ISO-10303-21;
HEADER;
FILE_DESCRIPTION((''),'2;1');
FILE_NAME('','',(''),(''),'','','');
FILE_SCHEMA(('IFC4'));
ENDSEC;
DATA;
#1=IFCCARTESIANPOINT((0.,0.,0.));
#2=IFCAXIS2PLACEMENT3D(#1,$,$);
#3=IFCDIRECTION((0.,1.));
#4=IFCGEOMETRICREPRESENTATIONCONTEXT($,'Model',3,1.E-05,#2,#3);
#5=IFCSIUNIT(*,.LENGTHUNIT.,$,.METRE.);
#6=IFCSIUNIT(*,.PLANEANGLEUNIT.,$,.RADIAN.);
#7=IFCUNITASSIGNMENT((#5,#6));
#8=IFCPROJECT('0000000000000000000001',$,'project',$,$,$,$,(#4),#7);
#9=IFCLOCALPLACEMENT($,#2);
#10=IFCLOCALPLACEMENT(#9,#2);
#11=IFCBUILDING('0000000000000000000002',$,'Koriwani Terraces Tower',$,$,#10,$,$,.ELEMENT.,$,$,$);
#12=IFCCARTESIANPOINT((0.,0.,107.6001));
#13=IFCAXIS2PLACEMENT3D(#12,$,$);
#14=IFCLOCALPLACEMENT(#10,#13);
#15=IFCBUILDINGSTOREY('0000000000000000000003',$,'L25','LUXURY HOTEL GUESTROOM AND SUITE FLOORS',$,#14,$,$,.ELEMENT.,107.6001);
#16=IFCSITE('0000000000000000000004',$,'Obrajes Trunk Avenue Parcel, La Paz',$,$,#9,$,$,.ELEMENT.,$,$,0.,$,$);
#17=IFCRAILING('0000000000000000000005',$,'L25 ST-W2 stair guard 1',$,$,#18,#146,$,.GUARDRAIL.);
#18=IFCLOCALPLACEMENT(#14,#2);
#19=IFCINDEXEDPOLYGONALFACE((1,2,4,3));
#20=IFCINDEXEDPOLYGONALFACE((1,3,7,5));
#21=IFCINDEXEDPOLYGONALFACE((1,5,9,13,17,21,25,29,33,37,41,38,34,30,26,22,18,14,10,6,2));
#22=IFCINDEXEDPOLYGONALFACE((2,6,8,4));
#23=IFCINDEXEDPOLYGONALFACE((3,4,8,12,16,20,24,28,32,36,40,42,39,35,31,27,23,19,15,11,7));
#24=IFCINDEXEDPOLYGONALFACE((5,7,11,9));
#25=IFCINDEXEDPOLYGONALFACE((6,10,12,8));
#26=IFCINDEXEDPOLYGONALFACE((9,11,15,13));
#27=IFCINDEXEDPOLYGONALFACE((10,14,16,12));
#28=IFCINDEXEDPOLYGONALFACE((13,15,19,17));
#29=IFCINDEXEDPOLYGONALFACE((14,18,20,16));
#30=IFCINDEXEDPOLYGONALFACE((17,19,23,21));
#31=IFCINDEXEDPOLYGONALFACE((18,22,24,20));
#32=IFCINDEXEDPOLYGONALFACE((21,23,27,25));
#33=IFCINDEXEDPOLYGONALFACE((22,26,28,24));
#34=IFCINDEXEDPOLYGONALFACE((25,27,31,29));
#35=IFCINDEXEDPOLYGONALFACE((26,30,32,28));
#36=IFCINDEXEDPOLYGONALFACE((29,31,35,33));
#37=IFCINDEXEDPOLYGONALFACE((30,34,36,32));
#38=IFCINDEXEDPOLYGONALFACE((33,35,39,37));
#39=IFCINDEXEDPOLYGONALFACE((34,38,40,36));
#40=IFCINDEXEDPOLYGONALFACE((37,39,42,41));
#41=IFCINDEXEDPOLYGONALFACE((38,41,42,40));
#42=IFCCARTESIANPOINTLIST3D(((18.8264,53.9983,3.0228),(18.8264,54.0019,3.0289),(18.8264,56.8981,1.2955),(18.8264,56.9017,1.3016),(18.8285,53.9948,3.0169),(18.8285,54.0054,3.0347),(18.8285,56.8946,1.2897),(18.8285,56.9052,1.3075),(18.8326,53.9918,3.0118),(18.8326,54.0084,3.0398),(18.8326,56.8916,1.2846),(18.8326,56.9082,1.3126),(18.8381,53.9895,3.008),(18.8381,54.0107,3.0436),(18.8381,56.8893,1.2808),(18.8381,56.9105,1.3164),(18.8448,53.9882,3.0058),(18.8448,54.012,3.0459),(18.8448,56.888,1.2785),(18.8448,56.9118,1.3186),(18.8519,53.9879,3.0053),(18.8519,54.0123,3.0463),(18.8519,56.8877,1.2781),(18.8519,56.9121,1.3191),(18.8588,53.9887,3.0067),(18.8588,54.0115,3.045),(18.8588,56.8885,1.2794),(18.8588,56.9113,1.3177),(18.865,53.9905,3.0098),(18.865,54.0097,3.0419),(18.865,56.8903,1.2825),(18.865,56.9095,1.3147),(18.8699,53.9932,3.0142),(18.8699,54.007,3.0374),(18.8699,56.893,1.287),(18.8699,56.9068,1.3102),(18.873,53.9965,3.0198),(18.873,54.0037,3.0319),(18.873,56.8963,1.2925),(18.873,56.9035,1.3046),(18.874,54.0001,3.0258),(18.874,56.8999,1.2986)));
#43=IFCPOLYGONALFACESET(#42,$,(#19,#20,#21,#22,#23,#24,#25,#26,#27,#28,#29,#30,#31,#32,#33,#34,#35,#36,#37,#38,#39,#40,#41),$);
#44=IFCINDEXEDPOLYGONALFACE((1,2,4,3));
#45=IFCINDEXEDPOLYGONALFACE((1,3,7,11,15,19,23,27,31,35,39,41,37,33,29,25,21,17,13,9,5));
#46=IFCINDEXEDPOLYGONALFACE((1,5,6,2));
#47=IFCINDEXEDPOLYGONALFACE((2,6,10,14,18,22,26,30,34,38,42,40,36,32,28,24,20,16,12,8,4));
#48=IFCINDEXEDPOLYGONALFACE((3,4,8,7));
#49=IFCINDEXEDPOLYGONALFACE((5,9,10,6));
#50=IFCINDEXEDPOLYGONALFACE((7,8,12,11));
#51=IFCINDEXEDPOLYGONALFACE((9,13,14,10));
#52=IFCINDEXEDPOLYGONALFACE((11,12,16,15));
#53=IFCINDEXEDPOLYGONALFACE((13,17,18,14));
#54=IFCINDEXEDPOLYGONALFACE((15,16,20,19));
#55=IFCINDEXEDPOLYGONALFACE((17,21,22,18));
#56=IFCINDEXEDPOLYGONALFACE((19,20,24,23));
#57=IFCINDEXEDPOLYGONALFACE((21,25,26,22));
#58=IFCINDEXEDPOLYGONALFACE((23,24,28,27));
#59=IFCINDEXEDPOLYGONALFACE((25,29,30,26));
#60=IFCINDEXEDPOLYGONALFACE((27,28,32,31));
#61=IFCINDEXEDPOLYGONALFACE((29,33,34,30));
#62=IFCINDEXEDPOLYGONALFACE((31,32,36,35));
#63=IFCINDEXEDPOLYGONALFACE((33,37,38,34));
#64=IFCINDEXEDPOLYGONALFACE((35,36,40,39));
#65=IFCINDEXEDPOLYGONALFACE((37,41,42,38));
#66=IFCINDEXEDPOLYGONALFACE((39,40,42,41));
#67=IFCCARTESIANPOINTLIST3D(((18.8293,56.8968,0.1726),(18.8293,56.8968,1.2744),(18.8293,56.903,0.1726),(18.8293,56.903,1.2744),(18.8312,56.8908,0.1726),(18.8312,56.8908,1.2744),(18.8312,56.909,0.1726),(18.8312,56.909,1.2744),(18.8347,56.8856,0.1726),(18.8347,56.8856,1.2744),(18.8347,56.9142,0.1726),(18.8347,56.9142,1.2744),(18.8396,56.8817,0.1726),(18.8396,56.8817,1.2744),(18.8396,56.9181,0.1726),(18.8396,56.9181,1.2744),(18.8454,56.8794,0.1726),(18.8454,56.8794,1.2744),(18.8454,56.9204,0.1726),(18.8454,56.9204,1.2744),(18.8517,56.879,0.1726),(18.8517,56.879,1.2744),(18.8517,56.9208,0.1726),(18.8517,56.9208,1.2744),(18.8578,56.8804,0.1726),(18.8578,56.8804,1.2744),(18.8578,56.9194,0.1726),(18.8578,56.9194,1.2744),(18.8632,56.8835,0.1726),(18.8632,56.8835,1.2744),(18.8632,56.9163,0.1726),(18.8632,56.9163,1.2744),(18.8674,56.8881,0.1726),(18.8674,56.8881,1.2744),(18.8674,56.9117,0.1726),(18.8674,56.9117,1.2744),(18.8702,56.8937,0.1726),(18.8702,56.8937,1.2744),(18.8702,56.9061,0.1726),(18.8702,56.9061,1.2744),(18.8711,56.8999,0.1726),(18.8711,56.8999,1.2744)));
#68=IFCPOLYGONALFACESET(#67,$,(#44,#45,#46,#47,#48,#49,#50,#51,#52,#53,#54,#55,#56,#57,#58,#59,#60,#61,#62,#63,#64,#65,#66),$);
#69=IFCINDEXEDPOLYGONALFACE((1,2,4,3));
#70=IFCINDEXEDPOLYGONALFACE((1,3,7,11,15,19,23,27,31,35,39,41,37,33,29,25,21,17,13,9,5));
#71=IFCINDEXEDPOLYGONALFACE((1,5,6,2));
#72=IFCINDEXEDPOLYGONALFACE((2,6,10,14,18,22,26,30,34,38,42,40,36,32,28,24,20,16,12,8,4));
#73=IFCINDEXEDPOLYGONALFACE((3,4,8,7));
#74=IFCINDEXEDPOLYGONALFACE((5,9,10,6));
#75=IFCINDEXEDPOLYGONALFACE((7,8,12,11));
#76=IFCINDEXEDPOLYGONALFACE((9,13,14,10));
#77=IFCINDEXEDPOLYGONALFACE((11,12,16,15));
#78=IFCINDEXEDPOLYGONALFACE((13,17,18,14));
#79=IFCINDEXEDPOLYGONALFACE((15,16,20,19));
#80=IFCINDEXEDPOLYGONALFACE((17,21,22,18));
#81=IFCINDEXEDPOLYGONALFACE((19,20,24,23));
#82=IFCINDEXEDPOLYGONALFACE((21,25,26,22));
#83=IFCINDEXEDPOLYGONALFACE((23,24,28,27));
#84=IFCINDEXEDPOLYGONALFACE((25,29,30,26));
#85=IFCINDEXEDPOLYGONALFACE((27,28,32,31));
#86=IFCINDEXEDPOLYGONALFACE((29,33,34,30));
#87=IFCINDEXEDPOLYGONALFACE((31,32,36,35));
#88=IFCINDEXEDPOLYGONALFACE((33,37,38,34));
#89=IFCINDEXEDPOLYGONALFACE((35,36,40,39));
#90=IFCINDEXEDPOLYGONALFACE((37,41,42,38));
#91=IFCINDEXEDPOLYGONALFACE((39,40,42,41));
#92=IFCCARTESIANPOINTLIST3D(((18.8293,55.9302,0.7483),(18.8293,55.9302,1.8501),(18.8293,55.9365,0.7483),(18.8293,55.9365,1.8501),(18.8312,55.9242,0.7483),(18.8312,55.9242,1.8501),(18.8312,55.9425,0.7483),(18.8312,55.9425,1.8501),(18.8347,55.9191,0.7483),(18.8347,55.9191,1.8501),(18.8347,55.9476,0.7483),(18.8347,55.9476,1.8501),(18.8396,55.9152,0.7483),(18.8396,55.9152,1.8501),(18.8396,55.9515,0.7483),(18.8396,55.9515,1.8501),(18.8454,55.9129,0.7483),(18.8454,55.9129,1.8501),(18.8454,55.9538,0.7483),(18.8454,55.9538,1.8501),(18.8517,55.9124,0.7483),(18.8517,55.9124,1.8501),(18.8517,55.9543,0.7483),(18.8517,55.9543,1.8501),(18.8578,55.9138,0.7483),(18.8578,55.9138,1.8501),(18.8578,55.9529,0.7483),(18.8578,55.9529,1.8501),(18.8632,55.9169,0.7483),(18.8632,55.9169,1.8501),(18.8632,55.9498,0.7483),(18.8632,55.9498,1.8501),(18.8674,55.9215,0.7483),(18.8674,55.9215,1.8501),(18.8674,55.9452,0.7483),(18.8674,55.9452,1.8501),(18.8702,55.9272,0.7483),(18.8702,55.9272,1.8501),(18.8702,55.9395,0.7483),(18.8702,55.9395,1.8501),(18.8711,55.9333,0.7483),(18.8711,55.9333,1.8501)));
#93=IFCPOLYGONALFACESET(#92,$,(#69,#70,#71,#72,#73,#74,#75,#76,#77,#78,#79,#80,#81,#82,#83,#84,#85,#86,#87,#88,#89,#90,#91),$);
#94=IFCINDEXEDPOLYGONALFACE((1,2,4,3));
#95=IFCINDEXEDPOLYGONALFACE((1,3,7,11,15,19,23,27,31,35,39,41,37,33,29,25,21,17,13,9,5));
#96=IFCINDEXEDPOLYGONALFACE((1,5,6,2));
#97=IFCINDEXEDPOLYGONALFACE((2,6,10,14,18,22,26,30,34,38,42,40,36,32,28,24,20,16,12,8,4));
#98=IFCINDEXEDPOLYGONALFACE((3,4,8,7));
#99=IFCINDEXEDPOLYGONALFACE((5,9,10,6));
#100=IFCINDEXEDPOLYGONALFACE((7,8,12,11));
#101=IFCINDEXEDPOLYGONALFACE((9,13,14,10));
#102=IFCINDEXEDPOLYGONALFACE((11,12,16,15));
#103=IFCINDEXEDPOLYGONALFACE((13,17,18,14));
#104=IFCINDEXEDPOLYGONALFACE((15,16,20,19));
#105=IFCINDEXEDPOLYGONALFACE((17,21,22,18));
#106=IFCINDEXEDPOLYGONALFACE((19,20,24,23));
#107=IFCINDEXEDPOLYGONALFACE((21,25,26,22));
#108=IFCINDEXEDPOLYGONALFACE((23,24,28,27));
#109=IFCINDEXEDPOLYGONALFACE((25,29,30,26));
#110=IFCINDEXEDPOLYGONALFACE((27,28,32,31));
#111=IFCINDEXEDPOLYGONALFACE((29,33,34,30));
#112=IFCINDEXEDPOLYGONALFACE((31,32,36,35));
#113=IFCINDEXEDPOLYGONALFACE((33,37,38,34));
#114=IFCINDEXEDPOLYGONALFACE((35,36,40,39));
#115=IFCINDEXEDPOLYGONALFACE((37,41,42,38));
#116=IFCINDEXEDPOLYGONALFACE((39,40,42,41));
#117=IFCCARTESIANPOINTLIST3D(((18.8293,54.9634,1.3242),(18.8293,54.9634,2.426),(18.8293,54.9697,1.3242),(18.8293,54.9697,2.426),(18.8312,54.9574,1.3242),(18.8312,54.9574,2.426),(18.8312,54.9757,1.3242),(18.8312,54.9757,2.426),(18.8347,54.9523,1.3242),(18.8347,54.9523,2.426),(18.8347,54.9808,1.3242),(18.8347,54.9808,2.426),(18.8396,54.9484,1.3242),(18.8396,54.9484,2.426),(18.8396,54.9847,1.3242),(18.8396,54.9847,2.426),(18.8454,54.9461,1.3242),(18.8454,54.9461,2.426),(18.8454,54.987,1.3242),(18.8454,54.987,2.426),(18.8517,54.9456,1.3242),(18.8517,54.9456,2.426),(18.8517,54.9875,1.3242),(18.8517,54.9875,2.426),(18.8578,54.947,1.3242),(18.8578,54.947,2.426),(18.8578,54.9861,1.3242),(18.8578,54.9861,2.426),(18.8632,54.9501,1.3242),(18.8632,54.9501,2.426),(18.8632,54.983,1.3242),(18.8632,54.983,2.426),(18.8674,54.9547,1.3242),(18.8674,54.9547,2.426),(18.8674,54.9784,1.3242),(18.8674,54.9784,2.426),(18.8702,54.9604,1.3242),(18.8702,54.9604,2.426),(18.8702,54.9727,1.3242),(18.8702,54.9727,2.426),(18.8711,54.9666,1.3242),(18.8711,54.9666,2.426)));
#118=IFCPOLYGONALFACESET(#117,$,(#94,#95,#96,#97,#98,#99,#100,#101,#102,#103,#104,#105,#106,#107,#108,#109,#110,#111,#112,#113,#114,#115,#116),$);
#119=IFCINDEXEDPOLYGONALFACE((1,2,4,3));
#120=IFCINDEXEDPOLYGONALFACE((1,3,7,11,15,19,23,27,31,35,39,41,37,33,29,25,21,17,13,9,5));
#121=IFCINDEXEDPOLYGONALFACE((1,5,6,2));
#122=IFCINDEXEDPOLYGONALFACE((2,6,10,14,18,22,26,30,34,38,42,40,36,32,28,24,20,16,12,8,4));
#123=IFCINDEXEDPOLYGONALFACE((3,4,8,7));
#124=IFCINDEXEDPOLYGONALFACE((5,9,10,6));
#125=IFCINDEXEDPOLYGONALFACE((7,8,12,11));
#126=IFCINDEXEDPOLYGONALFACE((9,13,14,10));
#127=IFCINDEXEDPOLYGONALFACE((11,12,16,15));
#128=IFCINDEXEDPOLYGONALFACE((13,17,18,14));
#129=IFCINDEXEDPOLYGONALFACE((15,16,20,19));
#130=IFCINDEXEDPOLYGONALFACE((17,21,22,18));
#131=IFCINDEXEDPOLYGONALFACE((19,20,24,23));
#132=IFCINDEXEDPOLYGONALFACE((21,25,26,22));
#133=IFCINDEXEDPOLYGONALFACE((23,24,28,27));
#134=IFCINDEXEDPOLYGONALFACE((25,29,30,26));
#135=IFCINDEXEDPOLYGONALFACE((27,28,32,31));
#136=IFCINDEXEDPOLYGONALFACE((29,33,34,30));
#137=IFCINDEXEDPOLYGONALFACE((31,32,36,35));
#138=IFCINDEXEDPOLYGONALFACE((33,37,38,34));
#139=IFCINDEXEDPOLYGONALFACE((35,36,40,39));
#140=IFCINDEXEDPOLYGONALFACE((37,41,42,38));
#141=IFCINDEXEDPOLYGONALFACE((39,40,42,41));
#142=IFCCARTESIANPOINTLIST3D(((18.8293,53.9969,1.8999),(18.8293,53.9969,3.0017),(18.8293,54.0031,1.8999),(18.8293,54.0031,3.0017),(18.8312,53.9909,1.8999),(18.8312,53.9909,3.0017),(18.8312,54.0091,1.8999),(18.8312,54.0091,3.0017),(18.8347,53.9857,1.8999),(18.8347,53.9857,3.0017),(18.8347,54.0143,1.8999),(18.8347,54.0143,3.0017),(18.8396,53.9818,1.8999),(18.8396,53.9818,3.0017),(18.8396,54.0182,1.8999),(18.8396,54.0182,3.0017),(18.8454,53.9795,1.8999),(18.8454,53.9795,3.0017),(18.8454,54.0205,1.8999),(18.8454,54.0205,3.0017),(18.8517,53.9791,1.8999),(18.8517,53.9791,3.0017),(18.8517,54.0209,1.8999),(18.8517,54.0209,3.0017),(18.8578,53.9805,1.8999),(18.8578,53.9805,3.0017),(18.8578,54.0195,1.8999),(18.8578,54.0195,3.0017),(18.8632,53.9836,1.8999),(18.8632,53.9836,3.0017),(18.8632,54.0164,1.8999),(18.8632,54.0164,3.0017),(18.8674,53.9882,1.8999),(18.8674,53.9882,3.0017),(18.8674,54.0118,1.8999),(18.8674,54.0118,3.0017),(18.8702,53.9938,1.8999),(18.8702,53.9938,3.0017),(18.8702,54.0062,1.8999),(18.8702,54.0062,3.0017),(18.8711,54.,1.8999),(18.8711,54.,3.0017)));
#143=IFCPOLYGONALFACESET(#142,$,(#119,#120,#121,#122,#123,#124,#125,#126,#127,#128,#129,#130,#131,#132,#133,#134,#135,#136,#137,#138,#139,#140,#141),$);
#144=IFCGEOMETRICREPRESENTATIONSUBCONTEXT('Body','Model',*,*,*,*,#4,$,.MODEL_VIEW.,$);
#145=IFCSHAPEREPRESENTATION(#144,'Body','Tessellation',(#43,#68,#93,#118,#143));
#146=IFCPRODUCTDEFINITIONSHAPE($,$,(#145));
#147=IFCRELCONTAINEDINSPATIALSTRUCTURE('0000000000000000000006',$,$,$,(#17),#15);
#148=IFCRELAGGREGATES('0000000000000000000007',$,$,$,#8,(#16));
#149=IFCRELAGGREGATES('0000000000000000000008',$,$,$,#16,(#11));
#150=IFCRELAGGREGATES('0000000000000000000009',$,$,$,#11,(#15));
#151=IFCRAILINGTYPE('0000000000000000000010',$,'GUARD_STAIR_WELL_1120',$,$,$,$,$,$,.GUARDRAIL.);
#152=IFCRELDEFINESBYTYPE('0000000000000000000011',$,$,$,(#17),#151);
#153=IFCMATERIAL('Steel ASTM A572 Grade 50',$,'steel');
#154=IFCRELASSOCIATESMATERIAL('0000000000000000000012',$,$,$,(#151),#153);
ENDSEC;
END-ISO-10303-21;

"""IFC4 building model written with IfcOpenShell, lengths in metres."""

from ifc_helpers import new_model, si_unit, direction, frame, origin, origin_2d, place, context, subcontext, project, spatial, circle, extrude, material, type_object, element, save


model = new_model("IFC4")

# Units and contexts
model_context = context("Model", 3, precision=1e-05, world=origin(), true_north=direction((0.0, 1.0)))
body_context = subcontext(model_context, "Body", "Model", "MODEL_VIEW")
ifc_project = project(units=[si_unit("LENGTHUNIT", "METRE"), si_unit("PLANEANGLEUNIT", "RADIAN")], contexts=[model_context])

# Site, building, storey
site_placement = place(None, origin())
site = spatial("IfcSite", under=ifc_project, at=site_placement, Name="Obrajes Trunk Avenue Parcel, La Paz", CompositionType="ELEMENT", RefElevation=0.0)
building_placement = place(site_placement, origin())
building = spatial("IfcBuilding", under=site, at=building_placement, Name="Koriwani Terraces Tower", CompositionType="ELEMENT")
storey_placement = place(building_placement, frame((0.0, 0.0, 107.6001)))
storey = spatial("IfcBuildingStorey", under=building, at=storey_placement, Name="L25", Description="LUXURY HOTEL GUESTROOM AND SUITE FLOORS", CompositionType="ELEMENT", Elevation=107.6001)

# Shared definitions
ifc_material_1 = material(Name="Steel ASTM A572 Grade 50", Category="steel")

# Railing
railing_type = type_object("IfcRailingType", Name="GUARD_STAIR_WELL_1120", PredefinedType="GUARDRAIL", material=ifc_material_1)
railing_placement = place(storey_placement, frame((18.8501, 56.8999, 0.1726)))
element("IfcRailing", 1, at=railing_placement, inside=storey, type_object=railing_type, Name="L25 ST-W2 stair guard 1", PredefinedType="GUARDRAIL", context=body_context, shape_type="SweptSolid", body=[
    extrude(circle(Radius=0.0239, at=origin_2d()), frame((0.0, 0.0, 1.126), z_axis=(0.0, -0.859141, 0.511738), x_axis=(1.0, 0.0, 0.0)), (0.0, 0.0, 1.0), 3.3752),
    extrude(circle(Radius=0.021, at=origin_2d()), origin(), (0.0, 0.0, 1.0), 1.1018),
    extrude(circle(Radius=0.021, at=origin_2d()), frame((0.0, -0.9666, 0.5757)), (0.0, 0.0, 1.0), 1.1018),
    extrude(circle(Radius=0.021, at=origin_2d()), frame((0.0, -1.9333, 1.1516)), (0.0, 0.0, 1.0), 1.1018),
    extrude(circle(Radius=0.021, at=origin_2d()), frame((0.0, -2.8999, 1.7273)), (0.0, 0.0, 1.0), 1.1018),
])

save(model, "model.ifc")
